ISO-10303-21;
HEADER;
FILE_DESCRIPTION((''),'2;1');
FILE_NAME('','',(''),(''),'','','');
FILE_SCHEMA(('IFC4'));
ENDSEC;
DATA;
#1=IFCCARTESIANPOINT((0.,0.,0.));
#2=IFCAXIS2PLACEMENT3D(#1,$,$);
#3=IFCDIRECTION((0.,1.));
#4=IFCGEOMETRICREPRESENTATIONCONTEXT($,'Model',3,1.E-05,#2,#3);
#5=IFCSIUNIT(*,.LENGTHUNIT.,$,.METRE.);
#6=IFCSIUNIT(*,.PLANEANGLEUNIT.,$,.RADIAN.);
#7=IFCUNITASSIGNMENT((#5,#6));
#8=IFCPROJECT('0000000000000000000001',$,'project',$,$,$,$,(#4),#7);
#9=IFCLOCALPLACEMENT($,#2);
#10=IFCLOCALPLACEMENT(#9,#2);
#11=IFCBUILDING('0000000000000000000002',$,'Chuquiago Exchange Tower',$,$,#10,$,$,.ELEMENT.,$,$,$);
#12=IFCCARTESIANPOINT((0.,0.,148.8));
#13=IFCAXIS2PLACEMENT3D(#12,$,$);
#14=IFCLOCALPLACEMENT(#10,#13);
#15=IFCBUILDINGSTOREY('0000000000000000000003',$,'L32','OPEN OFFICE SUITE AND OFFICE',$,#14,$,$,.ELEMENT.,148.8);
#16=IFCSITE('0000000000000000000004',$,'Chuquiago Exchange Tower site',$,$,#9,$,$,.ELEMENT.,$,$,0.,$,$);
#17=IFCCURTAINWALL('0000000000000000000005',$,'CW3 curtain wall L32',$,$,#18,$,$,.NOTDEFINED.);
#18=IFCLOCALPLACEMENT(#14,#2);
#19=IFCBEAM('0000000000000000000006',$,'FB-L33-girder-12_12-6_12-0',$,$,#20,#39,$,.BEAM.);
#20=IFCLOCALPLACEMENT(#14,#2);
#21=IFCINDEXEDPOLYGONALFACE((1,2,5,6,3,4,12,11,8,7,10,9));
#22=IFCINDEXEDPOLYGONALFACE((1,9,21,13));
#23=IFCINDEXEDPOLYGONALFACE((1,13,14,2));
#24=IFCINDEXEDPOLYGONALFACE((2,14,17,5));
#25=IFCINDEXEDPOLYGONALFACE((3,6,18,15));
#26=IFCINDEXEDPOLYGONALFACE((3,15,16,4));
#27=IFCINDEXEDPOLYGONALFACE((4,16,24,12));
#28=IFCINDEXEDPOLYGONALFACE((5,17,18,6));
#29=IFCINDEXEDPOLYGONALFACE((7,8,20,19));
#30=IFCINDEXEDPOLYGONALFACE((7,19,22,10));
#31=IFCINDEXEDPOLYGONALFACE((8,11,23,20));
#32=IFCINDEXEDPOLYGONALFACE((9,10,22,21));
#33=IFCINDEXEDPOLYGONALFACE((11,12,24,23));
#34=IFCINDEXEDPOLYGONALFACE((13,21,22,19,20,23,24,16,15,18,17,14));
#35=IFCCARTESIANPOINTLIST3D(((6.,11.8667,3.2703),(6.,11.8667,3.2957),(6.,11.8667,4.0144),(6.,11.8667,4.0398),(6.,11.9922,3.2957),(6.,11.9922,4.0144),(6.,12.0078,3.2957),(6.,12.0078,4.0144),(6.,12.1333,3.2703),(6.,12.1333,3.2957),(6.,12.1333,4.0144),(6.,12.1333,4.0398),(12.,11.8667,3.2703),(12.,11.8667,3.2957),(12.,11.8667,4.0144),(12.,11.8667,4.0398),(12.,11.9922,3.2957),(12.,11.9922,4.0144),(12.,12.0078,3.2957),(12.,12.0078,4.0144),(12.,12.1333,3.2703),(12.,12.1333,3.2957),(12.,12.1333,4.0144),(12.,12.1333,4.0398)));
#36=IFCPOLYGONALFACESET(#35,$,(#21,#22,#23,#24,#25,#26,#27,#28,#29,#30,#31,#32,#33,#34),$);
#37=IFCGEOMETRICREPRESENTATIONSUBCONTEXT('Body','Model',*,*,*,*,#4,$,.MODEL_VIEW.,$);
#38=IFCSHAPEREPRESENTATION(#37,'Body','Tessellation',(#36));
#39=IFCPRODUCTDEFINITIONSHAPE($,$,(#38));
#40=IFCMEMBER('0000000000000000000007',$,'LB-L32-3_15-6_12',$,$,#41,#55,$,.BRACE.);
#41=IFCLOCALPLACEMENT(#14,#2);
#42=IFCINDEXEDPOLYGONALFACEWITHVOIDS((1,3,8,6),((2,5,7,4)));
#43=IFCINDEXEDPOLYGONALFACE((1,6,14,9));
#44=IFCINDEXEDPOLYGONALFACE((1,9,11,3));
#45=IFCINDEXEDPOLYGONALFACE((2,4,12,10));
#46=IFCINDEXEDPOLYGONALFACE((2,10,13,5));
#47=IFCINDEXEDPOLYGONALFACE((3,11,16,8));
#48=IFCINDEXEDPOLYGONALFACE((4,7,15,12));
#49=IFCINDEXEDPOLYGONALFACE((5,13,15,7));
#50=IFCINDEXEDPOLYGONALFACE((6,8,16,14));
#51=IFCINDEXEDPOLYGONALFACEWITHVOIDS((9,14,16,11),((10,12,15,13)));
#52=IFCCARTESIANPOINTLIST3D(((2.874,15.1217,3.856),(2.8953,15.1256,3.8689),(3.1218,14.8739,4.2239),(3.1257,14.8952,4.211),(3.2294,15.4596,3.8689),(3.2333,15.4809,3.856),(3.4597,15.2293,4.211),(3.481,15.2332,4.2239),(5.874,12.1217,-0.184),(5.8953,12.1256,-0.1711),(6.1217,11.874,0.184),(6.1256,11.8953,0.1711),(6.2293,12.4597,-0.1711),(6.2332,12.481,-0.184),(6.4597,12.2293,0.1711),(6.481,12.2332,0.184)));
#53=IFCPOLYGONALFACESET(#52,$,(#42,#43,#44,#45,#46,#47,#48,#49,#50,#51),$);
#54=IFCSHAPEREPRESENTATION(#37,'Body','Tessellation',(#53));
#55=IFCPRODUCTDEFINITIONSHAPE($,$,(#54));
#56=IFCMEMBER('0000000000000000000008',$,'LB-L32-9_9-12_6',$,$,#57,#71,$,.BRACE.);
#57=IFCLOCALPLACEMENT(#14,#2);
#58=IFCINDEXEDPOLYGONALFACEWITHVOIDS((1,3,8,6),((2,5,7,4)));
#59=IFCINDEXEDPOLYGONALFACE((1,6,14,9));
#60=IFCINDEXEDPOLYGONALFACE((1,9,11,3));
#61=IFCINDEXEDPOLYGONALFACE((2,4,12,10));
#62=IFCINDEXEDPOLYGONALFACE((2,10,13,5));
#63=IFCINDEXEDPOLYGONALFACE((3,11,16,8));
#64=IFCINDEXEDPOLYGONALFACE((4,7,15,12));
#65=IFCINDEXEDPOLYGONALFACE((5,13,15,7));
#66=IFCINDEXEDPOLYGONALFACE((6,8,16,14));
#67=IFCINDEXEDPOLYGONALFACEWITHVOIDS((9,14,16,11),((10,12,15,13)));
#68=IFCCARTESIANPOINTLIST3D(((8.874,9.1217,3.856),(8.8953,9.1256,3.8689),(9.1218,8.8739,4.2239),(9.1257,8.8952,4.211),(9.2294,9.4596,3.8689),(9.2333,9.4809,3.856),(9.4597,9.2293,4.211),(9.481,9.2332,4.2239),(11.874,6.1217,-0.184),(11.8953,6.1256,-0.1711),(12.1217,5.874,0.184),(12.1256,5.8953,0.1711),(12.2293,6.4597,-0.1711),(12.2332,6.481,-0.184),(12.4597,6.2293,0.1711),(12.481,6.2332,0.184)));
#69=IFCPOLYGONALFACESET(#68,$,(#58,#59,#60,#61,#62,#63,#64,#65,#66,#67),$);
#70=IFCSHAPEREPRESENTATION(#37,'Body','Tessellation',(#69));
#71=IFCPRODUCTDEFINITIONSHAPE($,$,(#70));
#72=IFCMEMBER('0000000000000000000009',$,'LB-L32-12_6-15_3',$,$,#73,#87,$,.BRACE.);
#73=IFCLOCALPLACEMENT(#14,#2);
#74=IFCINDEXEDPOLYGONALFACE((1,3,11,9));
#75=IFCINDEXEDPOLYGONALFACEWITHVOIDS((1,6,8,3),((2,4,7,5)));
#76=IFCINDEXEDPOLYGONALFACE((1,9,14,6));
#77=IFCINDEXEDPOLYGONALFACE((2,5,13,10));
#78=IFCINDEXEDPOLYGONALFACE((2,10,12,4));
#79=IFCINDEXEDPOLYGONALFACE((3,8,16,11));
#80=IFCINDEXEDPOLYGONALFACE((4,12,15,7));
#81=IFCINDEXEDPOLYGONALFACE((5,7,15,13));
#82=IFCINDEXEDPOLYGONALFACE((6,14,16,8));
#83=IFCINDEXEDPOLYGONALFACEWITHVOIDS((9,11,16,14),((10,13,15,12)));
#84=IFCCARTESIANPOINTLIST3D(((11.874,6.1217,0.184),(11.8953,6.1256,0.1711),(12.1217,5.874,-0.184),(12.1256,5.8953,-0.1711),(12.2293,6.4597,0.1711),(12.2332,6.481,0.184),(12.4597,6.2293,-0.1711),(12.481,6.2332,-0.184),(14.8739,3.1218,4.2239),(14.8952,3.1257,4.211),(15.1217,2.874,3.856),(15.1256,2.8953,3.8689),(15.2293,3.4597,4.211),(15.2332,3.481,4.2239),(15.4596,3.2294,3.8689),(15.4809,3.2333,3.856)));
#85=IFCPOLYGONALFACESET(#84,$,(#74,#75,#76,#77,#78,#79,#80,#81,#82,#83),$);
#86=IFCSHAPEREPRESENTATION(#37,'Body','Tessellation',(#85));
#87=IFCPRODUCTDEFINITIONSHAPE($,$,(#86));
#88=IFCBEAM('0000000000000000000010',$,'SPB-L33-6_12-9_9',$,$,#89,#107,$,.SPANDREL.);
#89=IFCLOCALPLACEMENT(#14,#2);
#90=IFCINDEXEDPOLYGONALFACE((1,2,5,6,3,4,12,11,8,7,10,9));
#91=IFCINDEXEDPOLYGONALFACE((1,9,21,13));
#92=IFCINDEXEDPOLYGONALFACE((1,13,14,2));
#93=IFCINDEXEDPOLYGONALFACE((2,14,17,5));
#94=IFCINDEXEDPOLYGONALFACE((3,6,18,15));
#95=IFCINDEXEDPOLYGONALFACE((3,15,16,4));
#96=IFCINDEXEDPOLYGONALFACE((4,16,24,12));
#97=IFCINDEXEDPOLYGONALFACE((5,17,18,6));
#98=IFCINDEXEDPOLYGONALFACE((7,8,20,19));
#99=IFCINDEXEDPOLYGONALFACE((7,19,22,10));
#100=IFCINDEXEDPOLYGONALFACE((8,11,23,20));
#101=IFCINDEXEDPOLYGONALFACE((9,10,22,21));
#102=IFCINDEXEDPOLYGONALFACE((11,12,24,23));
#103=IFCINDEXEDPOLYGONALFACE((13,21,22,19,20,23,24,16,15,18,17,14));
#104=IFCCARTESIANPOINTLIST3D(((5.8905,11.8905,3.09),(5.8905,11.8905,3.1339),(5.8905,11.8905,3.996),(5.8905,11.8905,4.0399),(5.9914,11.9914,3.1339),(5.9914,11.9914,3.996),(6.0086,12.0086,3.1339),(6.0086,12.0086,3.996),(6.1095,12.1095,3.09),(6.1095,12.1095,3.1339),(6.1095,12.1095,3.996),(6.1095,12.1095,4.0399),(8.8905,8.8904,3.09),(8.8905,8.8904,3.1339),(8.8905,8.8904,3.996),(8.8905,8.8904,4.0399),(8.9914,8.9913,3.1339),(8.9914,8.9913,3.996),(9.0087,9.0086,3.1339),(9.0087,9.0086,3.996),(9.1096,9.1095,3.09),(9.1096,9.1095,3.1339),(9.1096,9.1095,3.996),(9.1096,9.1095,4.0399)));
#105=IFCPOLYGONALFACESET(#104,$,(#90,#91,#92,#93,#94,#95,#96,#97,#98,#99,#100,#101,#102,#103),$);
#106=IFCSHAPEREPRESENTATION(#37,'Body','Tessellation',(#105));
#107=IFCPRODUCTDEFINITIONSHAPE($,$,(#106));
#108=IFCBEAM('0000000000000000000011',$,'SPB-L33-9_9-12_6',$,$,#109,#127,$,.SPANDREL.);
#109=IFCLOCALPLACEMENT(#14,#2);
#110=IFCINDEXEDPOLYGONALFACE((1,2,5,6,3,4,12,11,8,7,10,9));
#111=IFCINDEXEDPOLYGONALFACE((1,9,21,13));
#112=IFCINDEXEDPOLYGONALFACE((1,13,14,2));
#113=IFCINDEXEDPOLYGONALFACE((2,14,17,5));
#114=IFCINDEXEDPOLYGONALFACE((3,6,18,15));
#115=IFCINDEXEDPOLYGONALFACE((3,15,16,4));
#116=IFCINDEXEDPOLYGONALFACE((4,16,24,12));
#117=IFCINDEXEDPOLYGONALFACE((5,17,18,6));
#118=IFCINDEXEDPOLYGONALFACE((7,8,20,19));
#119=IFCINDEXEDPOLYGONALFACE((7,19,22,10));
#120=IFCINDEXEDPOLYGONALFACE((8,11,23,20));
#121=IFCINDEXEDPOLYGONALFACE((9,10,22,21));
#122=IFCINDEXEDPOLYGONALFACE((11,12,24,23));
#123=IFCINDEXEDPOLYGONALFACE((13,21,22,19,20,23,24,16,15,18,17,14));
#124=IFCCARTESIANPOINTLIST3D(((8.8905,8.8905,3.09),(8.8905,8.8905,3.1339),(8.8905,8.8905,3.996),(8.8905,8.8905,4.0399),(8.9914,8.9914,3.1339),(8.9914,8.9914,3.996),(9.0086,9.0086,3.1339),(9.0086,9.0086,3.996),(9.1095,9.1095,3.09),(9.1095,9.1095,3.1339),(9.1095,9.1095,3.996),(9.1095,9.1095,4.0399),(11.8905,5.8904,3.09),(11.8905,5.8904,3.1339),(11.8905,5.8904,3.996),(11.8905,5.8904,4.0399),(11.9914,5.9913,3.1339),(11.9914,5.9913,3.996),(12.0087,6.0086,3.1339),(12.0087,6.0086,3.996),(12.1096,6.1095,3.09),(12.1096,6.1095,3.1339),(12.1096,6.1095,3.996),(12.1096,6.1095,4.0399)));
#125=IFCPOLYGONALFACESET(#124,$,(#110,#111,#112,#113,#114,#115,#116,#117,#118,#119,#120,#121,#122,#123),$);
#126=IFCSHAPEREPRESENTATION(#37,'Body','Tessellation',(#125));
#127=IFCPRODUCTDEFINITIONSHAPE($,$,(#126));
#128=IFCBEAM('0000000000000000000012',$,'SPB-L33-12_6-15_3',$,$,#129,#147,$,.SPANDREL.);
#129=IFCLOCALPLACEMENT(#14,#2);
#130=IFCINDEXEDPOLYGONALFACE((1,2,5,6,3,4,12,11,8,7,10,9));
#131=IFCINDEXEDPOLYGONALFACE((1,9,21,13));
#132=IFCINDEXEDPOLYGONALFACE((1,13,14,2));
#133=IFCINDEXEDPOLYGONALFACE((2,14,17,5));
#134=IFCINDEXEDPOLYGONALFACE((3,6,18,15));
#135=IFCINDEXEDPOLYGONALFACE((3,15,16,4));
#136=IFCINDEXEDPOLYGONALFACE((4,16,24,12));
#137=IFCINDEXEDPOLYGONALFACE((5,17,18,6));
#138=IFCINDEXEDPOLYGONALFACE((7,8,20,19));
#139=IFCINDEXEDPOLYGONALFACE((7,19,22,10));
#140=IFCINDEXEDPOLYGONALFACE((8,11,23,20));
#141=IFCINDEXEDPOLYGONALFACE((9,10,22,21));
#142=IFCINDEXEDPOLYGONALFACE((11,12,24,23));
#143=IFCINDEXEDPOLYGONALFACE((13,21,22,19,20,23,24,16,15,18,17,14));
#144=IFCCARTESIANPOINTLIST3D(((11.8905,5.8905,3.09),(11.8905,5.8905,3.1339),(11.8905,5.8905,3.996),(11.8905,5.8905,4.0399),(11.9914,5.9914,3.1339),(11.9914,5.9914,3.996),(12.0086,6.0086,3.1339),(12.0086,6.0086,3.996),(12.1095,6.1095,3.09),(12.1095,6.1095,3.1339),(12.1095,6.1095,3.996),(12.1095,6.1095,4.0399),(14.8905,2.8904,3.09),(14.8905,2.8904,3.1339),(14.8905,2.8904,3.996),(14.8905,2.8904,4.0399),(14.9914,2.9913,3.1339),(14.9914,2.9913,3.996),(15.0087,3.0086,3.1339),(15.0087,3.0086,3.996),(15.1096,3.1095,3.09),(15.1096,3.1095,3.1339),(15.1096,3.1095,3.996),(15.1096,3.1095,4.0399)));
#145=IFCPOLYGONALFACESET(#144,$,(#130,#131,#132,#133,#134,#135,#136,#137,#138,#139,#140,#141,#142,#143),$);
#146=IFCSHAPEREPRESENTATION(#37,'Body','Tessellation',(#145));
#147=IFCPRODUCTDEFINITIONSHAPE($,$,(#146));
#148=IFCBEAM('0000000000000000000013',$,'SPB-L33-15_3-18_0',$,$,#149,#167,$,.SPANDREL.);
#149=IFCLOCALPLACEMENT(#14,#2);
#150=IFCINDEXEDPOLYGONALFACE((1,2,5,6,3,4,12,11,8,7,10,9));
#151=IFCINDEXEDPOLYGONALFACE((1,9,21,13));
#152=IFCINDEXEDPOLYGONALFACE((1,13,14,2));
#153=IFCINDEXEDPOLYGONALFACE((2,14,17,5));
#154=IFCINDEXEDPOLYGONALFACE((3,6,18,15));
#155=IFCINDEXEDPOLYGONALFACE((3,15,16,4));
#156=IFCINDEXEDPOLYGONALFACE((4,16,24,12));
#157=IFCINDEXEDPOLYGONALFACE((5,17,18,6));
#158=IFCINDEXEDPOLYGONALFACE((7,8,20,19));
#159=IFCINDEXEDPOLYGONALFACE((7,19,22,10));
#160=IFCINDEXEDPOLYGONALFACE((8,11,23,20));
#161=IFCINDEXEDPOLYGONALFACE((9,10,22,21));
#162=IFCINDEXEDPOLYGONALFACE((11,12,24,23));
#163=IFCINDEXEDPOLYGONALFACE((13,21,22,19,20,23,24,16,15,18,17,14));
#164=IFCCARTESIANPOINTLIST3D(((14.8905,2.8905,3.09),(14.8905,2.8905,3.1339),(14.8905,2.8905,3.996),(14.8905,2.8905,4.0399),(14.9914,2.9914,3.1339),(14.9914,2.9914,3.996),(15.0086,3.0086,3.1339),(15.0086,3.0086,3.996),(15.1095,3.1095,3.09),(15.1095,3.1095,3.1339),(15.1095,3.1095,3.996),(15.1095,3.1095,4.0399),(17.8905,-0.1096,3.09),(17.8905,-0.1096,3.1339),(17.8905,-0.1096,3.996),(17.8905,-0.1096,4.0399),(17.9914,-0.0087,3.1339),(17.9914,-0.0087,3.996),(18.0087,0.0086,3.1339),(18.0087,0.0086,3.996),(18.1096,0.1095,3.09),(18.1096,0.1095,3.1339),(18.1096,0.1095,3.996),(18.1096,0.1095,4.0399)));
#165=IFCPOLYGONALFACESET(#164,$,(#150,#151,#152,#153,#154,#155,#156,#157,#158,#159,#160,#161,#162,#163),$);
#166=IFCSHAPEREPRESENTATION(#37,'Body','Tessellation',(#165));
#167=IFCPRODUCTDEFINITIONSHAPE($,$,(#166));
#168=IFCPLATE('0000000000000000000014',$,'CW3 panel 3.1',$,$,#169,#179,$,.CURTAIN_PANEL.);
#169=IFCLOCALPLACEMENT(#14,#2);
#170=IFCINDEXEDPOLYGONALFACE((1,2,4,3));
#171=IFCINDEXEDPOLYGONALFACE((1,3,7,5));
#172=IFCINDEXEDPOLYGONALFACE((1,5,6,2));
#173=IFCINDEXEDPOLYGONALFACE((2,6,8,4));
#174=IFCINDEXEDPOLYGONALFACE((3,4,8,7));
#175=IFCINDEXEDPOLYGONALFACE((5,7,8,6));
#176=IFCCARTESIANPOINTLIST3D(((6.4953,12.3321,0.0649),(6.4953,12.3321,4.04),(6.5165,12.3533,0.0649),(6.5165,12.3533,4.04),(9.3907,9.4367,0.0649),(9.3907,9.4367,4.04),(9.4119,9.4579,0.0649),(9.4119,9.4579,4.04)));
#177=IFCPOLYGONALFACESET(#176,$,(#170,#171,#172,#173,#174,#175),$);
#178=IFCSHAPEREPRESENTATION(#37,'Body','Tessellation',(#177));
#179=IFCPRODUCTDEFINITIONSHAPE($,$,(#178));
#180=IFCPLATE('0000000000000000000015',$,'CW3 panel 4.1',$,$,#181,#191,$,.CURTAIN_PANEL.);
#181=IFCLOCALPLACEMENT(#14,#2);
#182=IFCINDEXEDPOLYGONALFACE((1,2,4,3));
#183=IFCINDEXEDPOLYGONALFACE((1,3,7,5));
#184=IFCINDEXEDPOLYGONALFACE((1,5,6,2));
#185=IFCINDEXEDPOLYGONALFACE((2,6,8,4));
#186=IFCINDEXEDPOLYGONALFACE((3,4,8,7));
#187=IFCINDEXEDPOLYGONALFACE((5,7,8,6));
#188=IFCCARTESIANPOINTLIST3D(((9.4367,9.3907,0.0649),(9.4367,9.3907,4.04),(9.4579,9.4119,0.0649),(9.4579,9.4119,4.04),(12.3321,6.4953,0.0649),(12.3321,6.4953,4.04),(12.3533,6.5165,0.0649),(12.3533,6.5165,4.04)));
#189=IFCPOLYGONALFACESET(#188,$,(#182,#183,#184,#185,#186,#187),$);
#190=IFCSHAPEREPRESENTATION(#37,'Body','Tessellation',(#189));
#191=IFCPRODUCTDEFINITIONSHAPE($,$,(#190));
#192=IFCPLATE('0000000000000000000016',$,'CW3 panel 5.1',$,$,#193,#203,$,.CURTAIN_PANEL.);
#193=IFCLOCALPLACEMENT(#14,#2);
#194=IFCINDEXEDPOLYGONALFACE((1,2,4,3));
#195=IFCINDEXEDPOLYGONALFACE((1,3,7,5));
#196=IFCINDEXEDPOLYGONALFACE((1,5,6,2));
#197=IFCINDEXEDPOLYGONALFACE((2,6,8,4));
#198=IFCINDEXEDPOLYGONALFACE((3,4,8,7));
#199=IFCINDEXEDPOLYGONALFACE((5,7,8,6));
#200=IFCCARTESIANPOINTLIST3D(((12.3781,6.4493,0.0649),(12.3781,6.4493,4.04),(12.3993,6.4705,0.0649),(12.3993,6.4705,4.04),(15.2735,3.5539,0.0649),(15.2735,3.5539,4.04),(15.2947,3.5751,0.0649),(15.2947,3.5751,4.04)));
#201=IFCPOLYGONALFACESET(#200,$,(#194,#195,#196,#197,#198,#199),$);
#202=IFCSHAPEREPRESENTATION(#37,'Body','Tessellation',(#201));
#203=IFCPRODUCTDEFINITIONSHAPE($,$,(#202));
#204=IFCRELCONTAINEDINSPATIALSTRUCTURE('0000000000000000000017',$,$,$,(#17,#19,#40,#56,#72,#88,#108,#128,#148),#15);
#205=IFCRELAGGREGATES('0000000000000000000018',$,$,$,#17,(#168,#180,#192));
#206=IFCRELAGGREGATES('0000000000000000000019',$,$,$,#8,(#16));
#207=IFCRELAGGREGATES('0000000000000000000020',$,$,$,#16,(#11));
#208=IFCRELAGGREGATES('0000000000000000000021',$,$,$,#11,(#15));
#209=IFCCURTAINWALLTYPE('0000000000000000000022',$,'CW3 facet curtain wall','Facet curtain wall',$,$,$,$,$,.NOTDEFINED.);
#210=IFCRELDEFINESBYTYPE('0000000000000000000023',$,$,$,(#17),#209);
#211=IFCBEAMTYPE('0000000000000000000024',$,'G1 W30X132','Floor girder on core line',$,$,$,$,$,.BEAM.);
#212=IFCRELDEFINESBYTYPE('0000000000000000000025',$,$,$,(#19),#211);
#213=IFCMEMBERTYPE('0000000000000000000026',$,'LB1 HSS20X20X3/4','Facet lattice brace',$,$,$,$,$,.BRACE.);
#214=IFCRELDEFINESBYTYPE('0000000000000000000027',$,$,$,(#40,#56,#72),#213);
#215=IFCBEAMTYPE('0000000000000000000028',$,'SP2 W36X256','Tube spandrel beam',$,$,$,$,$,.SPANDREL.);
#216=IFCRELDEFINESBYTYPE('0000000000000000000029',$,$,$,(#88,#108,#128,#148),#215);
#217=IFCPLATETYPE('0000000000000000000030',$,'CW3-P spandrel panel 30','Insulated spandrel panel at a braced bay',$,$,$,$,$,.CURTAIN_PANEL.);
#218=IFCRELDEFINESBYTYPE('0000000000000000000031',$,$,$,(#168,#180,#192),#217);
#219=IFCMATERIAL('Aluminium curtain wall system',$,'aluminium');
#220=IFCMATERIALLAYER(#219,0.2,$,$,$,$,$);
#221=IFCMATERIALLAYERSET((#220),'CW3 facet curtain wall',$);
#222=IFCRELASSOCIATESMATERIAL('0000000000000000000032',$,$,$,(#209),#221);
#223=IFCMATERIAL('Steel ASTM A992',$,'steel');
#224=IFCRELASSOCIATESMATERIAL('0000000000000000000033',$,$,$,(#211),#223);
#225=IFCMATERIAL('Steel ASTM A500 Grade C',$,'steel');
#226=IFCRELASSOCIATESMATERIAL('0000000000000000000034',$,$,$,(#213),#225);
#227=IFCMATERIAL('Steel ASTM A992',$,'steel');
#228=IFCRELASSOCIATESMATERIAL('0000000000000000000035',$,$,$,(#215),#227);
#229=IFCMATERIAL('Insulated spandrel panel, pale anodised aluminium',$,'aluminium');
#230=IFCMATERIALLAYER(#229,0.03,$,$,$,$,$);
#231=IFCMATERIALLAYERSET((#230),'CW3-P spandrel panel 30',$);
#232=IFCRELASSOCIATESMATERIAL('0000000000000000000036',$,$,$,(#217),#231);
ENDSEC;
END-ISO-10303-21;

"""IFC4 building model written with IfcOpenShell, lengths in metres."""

from ifc_helpers import new_model, si_unit, direction, frame, origin, origin_2d, place, context, subcontext, project, spatial, rectangle, hollow_rectangle, i_section, extrude, material, layer, layer_set, material_profile, profile_set, type_object, element, aggregate, save


model = new_model("IFC4")

# Units and contexts
model_context = context("Model", 3, precision=1e-05, world=origin(), true_north=direction((0.0, 1.0)))
body_context = subcontext(model_context, "Body", "Model", "MODEL_VIEW")
ifc_project = project(units=[si_unit("LENGTHUNIT", "METRE"), si_unit("PLANEANGLEUNIT", "RADIAN")], contexts=[model_context])

# Site, building, storey
site_placement = place(None, origin())
site = spatial("IfcSite", under=ifc_project, at=site_placement, Name="Chuquiago Exchange Tower site", CompositionType="ELEMENT", RefElevation=0.0)
building_placement = place(site_placement, origin())
building = spatial("IfcBuilding", under=site, at=building_placement, Name="Chuquiago Exchange Tower", CompositionType="ELEMENT")
storey_placement = place(building_placement, frame((0.0, 0.0, 148.8)))
storey = spatial("IfcBuildingStorey", under=building, at=storey_placement, Name="L32", Description="OPEN OFFICE SUITE AND OFFICE", CompositionType="ELEMENT", Elevation=148.8)

# Curtain wall
ifc_material_1 = material(Name="Aluminium curtain wall system", Category="aluminium")
ifc_layer_1 = layer(ifc_material_1, 0.2)
ifc_layer_set_1 = layer_set([ifc_layer_1], Name="CW3 facet curtain wall")
curtain_wall_type = type_object("IfcCurtainWallType", Name="CW3 facet curtain wall", Description="Facet curtain wall", PredefinedType="NOTDEFINED", material=ifc_layer_set_1)
curtain_wall_placement = place(storey_placement, origin())
curtain_wall = element("IfcCurtainWall", 1, at=curtain_wall_placement, inside=storey, type_object=curtain_wall_type, Name="CW3 curtain wall L32", PredefinedType="NOTDEFINED")

# Beam
ifc_material_2 = material(Name="Steel ASTM A992", Category="steel")
ifc_material_profile_1 = material_profile(ifc_material_2, i_section(OverallWidth=0.2666, OverallDepth=0.7695, WebThickness=0.0156, FlangeThickness=0.0254, at=origin_2d()), Name="W30X132")
ifc_profile_set_1 = profile_set([ifc_material_profile_1], Name="Steel ASTM A992")
beam_type_1 = type_object("IfcBeamType", Name="G1 W30X132", Description="Floor girder on core line", PredefinedType="BEAM", material=ifc_profile_set_1)
for number, where, z_axis, x_axis, name in (
    (2, (12.0, 12.0, 3.655), (-1.0, 0.0, 0.0), (0.0, -1.0, 0.0), "FB-L33-girder-12_12-6_12-0"),
):
    element("IfcBeam", number, at=place(storey_placement, frame(where, z_axis=z_axis, x_axis=x_axis)), inside=storey, type_object=beam_type_1, Name=name, PredefinedType="BEAM", context=body_context, shape_type="SweptSolid", body=[
        extrude(i_section(OverallWidth=0.2666, OverallDepth=0.7695, WebThickness=0.0156, FlangeThickness=0.0254, at=origin_2d()), origin(), (0.0, 0.0, 1.0), 6.0),
    ])

# Members
ifc_material_3 = material(Name="Steel ASTM A500 Grade C", Category="steel")
ifc_material_profile_2 = material_profile(ifc_material_3, hollow_rectangle(XDim=0.5081, YDim=0.5081, WallThickness=0.0178, at=origin_2d()), Name="HSS20X20X3/4")
ifc_profile_set_2 = profile_set([ifc_material_profile_2], Name="Steel ASTM A500 Grade C")
member_type_1 = type_object("IfcMemberType", Name="LB1 HSS20X20X3/4", Description="Facet lattice brace", PredefinedType="BRACE", material=ifc_profile_set_2)
for number, where, z_axis, x_axis, name in (
    (3, (6.1775, 12.1775, 0.0), (-0.512077, 0.512077, 0.689604), (-0.707107, -0.707107, 0.0), "LB-L32-3_15-6_12"),
    (4, (12.1775, 6.1775, 0.0), (-0.512077, 0.512077, 0.689604), (-0.707107, -0.707107, 0.0), "LB-L32-9_9-12_6"),
    (5, (12.1775, 6.1775, 0.0), (0.512077, -0.512077, 0.689604), (0.707107, 0.707107, 0.0), "LB-L32-12_6-15_3"),
):
    element("IfcMember", number, at=place(storey_placement, frame(where, z_axis=z_axis, x_axis=x_axis)), inside=storey, type_object=member_type_1, Name=name, PredefinedType="BRACE", context=body_context, shape_type="SweptSolid", body=[
        extrude(hollow_rectangle(XDim=0.5081, YDim=0.5081, WallThickness=0.0178, at=origin_2d()), origin(), (0.0, 0.0, 1.0), 5.8584),
    ])

# Beams
ifc_material_4 = material(Name="Steel ASTM A992", Category="steel")
ifc_material_profile_3 = material_profile(ifc_material_4, i_section(OverallWidth=0.3098, OverallDepth=0.95, WebThickness=0.0244, FlangeThickness=0.0439, at=origin_2d()), Name="W36X256")
ifc_profile_set_3 = profile_set([ifc_material_profile_3], Name="Steel ASTM A992")
beam_type_2 = type_object("IfcBeamType", Name="SP2 W36X256", Description="Tube spandrel beam", PredefinedType="SPANDREL", material=ifc_profile_set_3)
for number, where, z_axis, x_axis, name in (
    (6, (6.0, 12.0, 3.5649), (0.707107, -0.707107, 0.0), (0.707107, 0.707107, 0.0), "SPB-L33-6_12-9_9"),
    (7, (9.0, 9.0, 3.5649), (0.707107, -0.707107, 0.0), (0.707107, 0.707107, 0.0), "SPB-L33-9_9-12_6"),
    (8, (12.0, 6.0, 3.5649), (0.707107, -0.707107, 0.0), (0.707107, 0.707107, 0.0), "SPB-L33-12_6-15_3"),
    (9, (15.0, 3.0, 3.5649), (0.707107, -0.707107, 0.0), (0.707107, 0.707107, 0.0), "SPB-L33-15_3-18_0"),
):
    element("IfcBeam", number, at=place(storey_placement, frame(where, z_axis=z_axis, x_axis=x_axis)), inside=storey, type_object=beam_type_2, Name=name, PredefinedType="SPANDREL", context=body_context, shape_type="SweptSolid", body=[
        extrude(i_section(OverallWidth=0.3098, OverallDepth=0.95, WebThickness=0.0244, FlangeThickness=0.0439, at=origin_2d()), origin(), (0.0, 0.0, 1.0), 4.2427),
    ])

# Plates
ifc_material_5 = material(Name="Insulated spandrel panel, pale anodised aluminium", Category="aluminium")
ifc_layer_2 = layer(ifc_material_5, 0.03)
ifc_layer_set_2 = layer_set([ifc_layer_2], Name="CW3-P spandrel panel 30")
plate_type = type_object("IfcPlateType", Name="CW3-P spandrel panel 30", Description="Insulated spandrel panel at a braced bay", PredefinedType="CURTAIN_PANEL", material=ifc_layer_set_2)
plate_1_placement = place(storey_placement, frame((7.9536, 10.895, 0.0649), z_axis=(0.0, 0.0, 1.0), x_axis=(0.707107, -0.707107, 0.0)))
plate_1 = element("IfcPlate", 10, at=plate_1_placement, type_object=plate_type, Name="CW3 panel 3.1", PredefinedType="CURTAIN_PANEL", context=body_context, shape_type="SweptSolid", body=[
    extrude(rectangle(XDim=4.0947, YDim=0.03, at=origin_2d()), origin(), (0.0, 0.0, 1.0), 3.9751),
])
plate_2_placement = place(storey_placement, frame((10.895, 7.9536, 0.0649), z_axis=(0.0, 0.0, 1.0), x_axis=(0.707107, -0.707107, 0.0)))
plate_2 = element("IfcPlate", 11, at=plate_2_placement, type_object=plate_type, Name="CW3 panel 4.1", PredefinedType="CURTAIN_PANEL", context=body_context, shape_type="SweptSolid", body=[
    extrude(rectangle(XDim=4.0947, YDim=0.03, at=origin_2d()), origin(), (0.0, 0.0, 1.0), 3.9751),
])
plate_3_placement = place(storey_placement, frame((13.8364, 5.0122, 0.0649), z_axis=(0.0, 0.0, 1.0), x_axis=(0.707107, -0.707107, 0.0)))
plate_3 = element("IfcPlate", 12, at=plate_3_placement, type_object=plate_type, Name="CW3 panel 5.1", PredefinedType="CURTAIN_PANEL", context=body_context, shape_type="SweptSolid", body=[
    extrude(rectangle(XDim=4.0947, YDim=0.03, at=origin_2d()), origin(), (0.0, 0.0, 1.0), 3.9751),
])
aggregate(curtain_wall, [plate_1, plate_2, plate_3])

save(model, "model.ifc")
